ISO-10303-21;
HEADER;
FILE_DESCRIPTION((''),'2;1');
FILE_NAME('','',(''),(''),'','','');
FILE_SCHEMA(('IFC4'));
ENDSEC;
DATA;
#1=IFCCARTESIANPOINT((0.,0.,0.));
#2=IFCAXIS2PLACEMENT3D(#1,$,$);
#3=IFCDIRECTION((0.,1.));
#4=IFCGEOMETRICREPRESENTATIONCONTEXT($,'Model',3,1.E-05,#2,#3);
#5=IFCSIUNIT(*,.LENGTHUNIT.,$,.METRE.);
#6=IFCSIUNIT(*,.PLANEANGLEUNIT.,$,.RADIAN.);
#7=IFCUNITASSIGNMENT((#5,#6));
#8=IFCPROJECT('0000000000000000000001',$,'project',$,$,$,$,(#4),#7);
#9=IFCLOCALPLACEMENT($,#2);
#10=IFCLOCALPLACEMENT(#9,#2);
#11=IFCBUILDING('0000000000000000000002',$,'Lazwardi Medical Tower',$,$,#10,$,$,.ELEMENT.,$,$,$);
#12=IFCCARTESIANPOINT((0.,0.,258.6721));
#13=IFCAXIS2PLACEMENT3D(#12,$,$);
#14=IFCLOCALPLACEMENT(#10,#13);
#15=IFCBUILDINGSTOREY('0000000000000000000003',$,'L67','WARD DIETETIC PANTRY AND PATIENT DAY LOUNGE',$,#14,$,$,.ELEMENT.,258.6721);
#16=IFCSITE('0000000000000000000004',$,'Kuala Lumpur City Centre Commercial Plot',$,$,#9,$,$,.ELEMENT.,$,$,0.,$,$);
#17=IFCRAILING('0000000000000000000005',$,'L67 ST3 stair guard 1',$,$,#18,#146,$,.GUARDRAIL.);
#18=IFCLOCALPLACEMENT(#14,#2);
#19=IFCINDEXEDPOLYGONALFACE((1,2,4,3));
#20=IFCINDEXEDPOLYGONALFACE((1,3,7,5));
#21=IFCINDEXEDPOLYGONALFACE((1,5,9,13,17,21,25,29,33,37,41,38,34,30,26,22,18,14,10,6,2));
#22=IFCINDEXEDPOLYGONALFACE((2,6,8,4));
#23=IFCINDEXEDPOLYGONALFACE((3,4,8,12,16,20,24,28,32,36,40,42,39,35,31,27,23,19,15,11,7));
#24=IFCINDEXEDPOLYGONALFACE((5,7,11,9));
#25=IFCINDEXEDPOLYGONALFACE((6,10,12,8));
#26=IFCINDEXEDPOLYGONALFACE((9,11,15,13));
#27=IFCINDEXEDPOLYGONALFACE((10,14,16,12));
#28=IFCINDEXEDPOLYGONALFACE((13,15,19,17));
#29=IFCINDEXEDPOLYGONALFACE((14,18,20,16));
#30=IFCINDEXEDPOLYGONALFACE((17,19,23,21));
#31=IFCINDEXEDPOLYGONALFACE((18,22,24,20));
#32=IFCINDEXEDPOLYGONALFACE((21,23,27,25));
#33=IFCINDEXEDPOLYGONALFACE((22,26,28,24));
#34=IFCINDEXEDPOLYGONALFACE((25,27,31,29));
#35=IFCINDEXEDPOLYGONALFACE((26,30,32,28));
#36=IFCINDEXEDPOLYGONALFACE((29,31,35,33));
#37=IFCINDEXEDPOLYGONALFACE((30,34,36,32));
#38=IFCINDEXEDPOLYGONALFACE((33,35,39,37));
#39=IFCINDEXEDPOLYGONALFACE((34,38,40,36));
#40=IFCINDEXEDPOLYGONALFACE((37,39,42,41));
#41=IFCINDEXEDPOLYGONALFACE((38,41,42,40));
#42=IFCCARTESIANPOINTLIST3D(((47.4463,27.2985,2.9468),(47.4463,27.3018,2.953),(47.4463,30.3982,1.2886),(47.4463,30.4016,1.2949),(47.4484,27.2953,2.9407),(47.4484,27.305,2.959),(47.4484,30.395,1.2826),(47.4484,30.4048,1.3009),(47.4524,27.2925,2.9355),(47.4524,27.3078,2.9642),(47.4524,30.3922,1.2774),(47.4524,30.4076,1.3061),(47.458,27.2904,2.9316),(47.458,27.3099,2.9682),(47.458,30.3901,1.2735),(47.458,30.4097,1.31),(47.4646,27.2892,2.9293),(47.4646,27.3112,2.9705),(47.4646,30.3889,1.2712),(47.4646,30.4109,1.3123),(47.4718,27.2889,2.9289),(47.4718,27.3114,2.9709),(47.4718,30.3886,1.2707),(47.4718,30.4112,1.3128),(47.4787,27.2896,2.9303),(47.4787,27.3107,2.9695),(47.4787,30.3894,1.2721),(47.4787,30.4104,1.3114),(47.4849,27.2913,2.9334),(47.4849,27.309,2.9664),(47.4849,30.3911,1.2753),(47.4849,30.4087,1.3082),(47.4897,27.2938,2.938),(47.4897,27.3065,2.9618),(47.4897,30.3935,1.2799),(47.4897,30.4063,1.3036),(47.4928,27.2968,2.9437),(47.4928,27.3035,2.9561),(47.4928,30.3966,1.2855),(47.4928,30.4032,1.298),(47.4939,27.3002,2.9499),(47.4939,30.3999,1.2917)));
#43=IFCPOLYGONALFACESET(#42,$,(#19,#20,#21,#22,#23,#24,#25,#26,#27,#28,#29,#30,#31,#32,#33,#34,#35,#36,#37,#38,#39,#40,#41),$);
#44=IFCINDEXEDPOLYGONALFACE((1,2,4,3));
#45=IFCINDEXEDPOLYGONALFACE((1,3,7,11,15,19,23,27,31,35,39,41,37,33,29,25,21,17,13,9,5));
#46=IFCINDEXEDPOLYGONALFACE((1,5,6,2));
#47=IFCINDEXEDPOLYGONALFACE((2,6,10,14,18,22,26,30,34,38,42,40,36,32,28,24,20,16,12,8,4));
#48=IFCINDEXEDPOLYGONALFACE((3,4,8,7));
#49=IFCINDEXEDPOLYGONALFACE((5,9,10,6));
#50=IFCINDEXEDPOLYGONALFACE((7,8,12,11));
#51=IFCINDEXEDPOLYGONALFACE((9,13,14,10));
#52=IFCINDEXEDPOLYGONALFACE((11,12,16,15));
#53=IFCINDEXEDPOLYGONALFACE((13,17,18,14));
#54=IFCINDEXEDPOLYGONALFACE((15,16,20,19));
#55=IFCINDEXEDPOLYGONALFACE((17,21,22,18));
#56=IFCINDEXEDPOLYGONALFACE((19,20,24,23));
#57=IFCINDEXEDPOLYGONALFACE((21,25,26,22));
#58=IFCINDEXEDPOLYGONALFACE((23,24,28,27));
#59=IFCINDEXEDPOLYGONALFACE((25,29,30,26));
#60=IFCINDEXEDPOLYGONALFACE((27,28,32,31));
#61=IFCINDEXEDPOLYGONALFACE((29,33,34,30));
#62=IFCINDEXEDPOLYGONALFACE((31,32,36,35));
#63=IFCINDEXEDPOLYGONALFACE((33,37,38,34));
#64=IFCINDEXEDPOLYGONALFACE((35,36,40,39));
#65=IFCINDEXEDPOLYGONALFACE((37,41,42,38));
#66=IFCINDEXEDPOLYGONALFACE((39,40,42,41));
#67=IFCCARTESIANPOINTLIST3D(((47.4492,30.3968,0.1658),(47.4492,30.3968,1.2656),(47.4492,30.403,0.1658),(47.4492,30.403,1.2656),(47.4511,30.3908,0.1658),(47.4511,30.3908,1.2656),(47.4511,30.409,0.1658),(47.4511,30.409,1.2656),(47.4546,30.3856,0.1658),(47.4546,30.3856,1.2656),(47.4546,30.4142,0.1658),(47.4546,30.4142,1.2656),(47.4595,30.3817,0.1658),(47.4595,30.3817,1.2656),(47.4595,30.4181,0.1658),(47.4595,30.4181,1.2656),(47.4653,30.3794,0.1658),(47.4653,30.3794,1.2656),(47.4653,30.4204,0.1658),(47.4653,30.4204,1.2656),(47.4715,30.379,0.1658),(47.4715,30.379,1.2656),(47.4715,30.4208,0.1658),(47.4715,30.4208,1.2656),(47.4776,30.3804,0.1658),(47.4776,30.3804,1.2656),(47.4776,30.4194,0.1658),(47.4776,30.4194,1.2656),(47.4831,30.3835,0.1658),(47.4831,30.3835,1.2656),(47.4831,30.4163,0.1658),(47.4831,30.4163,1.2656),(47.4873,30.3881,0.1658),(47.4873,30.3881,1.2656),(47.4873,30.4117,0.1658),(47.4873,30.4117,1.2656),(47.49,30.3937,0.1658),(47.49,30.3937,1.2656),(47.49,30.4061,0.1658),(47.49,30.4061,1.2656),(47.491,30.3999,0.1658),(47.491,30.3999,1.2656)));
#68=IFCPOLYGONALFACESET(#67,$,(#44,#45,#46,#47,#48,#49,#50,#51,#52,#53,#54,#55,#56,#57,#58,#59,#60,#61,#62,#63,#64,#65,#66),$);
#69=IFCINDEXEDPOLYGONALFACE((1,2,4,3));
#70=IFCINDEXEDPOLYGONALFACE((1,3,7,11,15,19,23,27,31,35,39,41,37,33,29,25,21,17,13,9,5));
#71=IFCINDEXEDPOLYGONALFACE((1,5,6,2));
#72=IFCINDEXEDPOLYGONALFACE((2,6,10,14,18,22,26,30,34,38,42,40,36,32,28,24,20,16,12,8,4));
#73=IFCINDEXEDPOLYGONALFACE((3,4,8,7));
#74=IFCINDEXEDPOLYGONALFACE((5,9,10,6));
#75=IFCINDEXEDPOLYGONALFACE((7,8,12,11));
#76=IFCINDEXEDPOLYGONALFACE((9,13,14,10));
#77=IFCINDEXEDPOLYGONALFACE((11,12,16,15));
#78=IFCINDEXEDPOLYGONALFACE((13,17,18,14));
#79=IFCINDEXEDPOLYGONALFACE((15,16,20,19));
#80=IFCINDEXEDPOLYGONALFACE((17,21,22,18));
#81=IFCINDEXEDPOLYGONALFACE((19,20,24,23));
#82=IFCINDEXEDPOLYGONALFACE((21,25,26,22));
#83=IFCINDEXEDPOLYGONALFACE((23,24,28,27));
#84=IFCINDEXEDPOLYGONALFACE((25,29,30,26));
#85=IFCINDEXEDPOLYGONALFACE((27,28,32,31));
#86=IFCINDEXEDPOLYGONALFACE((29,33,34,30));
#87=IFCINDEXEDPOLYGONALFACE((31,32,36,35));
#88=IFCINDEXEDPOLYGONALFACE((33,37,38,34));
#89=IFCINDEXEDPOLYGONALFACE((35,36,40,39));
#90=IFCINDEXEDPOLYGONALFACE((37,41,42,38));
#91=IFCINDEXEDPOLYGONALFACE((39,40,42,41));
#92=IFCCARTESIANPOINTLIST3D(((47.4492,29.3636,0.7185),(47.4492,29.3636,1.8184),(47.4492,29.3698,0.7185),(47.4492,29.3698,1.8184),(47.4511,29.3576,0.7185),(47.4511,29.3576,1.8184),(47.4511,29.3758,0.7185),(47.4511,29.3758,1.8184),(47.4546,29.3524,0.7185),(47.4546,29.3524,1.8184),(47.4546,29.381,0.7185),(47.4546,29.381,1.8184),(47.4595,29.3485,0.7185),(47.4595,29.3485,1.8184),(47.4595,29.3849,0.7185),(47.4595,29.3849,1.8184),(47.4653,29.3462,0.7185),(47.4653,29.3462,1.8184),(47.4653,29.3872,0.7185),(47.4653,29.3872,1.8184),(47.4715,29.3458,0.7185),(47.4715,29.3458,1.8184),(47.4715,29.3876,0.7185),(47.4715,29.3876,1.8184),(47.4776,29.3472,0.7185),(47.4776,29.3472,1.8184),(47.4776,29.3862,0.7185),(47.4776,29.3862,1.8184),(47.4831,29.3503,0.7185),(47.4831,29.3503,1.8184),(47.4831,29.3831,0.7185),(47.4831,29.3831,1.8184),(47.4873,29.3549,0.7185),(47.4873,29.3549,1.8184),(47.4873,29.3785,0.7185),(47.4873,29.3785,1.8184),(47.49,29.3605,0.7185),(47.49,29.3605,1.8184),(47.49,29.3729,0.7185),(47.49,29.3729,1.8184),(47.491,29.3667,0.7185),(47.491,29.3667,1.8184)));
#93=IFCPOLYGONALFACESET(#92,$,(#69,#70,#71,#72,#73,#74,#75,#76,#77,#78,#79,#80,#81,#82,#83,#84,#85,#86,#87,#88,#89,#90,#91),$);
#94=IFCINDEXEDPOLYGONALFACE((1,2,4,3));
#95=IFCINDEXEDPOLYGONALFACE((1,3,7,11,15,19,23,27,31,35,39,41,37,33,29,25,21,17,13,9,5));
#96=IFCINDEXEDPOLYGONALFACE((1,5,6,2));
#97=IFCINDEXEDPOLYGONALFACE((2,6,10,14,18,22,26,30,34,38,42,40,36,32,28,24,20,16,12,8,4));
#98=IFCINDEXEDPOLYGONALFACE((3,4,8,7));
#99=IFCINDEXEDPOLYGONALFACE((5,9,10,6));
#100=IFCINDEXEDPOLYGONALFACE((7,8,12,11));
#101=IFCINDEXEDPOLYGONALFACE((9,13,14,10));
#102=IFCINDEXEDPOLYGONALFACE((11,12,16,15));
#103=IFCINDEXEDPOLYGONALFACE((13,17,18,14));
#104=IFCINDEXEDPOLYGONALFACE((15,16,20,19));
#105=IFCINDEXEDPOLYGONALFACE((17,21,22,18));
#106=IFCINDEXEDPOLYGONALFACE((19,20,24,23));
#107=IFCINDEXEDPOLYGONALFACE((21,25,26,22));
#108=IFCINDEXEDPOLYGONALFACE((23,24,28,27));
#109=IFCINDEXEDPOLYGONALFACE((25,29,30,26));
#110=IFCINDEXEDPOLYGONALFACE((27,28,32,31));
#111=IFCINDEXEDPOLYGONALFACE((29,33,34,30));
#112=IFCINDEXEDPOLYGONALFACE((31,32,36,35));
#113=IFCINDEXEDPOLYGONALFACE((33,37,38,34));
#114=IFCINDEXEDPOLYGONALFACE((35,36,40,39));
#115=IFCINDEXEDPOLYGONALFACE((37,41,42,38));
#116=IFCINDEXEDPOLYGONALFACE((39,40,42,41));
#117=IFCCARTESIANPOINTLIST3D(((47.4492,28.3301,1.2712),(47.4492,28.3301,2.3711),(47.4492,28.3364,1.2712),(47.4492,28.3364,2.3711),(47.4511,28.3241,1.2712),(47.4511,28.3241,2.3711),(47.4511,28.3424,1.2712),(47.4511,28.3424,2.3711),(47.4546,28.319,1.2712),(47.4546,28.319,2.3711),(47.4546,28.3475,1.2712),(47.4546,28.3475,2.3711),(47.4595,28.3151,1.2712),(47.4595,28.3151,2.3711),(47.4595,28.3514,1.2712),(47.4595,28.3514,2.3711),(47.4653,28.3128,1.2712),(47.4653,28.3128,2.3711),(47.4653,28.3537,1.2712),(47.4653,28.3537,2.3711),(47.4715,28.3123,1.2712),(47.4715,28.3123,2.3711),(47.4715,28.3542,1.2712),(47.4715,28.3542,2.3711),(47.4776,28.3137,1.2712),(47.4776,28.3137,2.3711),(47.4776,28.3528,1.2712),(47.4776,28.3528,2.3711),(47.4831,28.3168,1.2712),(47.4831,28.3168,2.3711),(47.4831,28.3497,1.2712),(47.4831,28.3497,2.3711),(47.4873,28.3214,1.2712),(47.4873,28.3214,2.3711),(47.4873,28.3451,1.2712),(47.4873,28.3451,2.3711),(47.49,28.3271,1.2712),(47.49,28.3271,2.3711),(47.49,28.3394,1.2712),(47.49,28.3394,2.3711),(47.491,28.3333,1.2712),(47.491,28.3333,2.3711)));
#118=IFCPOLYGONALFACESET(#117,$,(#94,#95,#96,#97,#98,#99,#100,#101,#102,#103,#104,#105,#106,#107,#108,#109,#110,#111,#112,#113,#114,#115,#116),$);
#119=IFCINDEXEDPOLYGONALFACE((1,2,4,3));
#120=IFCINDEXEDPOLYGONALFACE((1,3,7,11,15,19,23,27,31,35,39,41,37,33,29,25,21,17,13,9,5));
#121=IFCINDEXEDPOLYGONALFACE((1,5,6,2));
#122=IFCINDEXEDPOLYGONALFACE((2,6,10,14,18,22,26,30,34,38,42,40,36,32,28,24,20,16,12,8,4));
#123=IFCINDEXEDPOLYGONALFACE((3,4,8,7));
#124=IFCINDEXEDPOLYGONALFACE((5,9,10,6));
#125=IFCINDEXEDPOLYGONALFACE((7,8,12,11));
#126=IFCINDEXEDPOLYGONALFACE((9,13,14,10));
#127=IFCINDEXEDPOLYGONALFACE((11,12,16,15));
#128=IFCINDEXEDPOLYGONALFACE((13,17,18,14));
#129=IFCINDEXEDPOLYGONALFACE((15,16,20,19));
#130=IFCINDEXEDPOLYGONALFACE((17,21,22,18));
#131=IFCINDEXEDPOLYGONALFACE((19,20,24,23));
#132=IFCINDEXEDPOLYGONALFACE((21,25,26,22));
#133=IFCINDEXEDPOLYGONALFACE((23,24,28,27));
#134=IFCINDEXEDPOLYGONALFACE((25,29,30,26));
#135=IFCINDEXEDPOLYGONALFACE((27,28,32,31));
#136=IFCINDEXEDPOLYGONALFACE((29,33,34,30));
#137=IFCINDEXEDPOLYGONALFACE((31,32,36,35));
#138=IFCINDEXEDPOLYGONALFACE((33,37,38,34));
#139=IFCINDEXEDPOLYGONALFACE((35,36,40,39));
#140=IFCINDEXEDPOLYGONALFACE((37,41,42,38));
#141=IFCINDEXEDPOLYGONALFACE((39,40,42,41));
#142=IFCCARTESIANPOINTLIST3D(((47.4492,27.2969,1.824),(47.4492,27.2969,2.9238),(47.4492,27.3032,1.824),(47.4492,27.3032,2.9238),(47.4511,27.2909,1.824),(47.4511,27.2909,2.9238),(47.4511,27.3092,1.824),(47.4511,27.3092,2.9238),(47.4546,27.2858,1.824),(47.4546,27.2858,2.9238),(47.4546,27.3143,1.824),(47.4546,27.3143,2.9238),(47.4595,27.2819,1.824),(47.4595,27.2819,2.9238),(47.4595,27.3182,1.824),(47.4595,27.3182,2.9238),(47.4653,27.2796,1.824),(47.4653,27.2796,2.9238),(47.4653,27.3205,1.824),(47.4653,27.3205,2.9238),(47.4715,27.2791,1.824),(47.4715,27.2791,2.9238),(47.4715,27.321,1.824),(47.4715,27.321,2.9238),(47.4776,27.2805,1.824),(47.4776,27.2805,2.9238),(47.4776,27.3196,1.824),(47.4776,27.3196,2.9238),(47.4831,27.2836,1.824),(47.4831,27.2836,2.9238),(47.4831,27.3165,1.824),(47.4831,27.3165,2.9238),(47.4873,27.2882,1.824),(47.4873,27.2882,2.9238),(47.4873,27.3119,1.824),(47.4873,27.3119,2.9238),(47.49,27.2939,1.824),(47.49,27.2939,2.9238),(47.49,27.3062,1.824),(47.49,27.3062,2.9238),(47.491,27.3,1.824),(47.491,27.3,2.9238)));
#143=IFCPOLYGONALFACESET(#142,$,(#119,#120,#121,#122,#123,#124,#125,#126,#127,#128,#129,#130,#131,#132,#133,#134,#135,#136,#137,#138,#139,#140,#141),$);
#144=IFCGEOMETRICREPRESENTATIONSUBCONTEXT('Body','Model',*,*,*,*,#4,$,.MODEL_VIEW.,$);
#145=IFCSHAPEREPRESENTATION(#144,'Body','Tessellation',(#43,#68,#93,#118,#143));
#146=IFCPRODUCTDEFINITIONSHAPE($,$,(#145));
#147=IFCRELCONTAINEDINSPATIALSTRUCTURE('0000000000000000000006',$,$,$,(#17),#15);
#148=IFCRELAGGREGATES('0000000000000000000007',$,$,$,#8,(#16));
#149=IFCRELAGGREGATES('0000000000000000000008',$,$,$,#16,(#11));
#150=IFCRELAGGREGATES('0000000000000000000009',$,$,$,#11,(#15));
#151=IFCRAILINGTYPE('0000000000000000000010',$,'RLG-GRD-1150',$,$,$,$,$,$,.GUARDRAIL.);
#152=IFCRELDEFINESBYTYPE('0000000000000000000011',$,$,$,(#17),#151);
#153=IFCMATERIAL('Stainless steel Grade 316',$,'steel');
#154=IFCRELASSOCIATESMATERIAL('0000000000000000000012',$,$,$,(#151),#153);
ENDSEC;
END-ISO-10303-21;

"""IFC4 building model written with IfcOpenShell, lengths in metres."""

from ifc_helpers import new_model, si_unit, direction, frame, origin, origin_2d, place, context, subcontext, project, spatial, circle, extrude, material, type_object, element, save


model = new_model("IFC4")

# Units and contexts
model_context = context("Model", 3, precision=1e-05, world=origin(), true_north=direction((0.0, 1.0)))
body_context = subcontext(model_context, "Body", "Model", "MODEL_VIEW")
ifc_project = project(units=[si_unit("LENGTHUNIT", "METRE"), si_unit("PLANEANGLEUNIT", "RADIAN")], contexts=[model_context])

# Site, building, storey
site_placement = place(None, origin())
site = spatial("IfcSite", under=ifc_project, at=site_placement, Name="Kuala Lumpur City Centre Commercial Plot", CompositionType="ELEMENT", RefElevation=0.0)
building_placement = place(site_placement, origin())
building = spatial("IfcBuilding", under=site, at=building_placement, Name="Lazwardi Medical Tower", CompositionType="ELEMENT")
storey_placement = place(building_placement, frame((0.0, 0.0, 258.6721)))
storey = spatial("IfcBuildingStorey", under=building, at=storey_placement, Name="L67", Description="WARD DIETETIC PANTRY AND PATIENT DAY LOUNGE", CompositionType="ELEMENT", Elevation=258.6721)

# Railing
ifc_material_1 = material(Name="Stainless steel Grade 316", Category="steel")
railing_type = type_object("IfcRailingType", Name="RLG-GRD-1150", PredefinedType="GUARDRAIL", material=ifc_material_1)
railing_1_placement = place(storey_placement, frame((47.47, 30.3999, 0.1658)))
element("IfcRailing", 1, at=railing_1_placement, inside=storey, type_object=railing_type, Name="L67 ST3 stair guard 1", PredefinedType="GUARDRAIL", context=body_context, shape_type="SweptSolid", body=[
    extrude(circle(Radius=0.0239, at=origin_2d()), frame((0.0, 0.0, 1.126), z_axis=(0.0, -0.881768, 0.471684), x_axis=(1.0, 0.0, 0.0)), (0.0, 0.0, 1.0), 3.5154),
    extrude(circle(Radius=0.021, at=origin_2d()), origin(), (0.0, 0.0, 1.0), 1.0999),
    extrude(circle(Radius=0.021, at=origin_2d()), frame((0.0, -1.0332, 0.5527)), (0.0, 0.0, 1.0), 1.0999),
    extrude(circle(Radius=0.021, at=origin_2d()), frame((0.0, -2.0667, 1.1055)), (0.0, 0.0, 1.0), 1.0999),
    extrude(circle(Radius=0.021, at=origin_2d()), frame((0.0, -3.0999, 1.6582)), (0.0, 0.0, 1.0), 1.0999),
])

save(model, "model.ifc")
